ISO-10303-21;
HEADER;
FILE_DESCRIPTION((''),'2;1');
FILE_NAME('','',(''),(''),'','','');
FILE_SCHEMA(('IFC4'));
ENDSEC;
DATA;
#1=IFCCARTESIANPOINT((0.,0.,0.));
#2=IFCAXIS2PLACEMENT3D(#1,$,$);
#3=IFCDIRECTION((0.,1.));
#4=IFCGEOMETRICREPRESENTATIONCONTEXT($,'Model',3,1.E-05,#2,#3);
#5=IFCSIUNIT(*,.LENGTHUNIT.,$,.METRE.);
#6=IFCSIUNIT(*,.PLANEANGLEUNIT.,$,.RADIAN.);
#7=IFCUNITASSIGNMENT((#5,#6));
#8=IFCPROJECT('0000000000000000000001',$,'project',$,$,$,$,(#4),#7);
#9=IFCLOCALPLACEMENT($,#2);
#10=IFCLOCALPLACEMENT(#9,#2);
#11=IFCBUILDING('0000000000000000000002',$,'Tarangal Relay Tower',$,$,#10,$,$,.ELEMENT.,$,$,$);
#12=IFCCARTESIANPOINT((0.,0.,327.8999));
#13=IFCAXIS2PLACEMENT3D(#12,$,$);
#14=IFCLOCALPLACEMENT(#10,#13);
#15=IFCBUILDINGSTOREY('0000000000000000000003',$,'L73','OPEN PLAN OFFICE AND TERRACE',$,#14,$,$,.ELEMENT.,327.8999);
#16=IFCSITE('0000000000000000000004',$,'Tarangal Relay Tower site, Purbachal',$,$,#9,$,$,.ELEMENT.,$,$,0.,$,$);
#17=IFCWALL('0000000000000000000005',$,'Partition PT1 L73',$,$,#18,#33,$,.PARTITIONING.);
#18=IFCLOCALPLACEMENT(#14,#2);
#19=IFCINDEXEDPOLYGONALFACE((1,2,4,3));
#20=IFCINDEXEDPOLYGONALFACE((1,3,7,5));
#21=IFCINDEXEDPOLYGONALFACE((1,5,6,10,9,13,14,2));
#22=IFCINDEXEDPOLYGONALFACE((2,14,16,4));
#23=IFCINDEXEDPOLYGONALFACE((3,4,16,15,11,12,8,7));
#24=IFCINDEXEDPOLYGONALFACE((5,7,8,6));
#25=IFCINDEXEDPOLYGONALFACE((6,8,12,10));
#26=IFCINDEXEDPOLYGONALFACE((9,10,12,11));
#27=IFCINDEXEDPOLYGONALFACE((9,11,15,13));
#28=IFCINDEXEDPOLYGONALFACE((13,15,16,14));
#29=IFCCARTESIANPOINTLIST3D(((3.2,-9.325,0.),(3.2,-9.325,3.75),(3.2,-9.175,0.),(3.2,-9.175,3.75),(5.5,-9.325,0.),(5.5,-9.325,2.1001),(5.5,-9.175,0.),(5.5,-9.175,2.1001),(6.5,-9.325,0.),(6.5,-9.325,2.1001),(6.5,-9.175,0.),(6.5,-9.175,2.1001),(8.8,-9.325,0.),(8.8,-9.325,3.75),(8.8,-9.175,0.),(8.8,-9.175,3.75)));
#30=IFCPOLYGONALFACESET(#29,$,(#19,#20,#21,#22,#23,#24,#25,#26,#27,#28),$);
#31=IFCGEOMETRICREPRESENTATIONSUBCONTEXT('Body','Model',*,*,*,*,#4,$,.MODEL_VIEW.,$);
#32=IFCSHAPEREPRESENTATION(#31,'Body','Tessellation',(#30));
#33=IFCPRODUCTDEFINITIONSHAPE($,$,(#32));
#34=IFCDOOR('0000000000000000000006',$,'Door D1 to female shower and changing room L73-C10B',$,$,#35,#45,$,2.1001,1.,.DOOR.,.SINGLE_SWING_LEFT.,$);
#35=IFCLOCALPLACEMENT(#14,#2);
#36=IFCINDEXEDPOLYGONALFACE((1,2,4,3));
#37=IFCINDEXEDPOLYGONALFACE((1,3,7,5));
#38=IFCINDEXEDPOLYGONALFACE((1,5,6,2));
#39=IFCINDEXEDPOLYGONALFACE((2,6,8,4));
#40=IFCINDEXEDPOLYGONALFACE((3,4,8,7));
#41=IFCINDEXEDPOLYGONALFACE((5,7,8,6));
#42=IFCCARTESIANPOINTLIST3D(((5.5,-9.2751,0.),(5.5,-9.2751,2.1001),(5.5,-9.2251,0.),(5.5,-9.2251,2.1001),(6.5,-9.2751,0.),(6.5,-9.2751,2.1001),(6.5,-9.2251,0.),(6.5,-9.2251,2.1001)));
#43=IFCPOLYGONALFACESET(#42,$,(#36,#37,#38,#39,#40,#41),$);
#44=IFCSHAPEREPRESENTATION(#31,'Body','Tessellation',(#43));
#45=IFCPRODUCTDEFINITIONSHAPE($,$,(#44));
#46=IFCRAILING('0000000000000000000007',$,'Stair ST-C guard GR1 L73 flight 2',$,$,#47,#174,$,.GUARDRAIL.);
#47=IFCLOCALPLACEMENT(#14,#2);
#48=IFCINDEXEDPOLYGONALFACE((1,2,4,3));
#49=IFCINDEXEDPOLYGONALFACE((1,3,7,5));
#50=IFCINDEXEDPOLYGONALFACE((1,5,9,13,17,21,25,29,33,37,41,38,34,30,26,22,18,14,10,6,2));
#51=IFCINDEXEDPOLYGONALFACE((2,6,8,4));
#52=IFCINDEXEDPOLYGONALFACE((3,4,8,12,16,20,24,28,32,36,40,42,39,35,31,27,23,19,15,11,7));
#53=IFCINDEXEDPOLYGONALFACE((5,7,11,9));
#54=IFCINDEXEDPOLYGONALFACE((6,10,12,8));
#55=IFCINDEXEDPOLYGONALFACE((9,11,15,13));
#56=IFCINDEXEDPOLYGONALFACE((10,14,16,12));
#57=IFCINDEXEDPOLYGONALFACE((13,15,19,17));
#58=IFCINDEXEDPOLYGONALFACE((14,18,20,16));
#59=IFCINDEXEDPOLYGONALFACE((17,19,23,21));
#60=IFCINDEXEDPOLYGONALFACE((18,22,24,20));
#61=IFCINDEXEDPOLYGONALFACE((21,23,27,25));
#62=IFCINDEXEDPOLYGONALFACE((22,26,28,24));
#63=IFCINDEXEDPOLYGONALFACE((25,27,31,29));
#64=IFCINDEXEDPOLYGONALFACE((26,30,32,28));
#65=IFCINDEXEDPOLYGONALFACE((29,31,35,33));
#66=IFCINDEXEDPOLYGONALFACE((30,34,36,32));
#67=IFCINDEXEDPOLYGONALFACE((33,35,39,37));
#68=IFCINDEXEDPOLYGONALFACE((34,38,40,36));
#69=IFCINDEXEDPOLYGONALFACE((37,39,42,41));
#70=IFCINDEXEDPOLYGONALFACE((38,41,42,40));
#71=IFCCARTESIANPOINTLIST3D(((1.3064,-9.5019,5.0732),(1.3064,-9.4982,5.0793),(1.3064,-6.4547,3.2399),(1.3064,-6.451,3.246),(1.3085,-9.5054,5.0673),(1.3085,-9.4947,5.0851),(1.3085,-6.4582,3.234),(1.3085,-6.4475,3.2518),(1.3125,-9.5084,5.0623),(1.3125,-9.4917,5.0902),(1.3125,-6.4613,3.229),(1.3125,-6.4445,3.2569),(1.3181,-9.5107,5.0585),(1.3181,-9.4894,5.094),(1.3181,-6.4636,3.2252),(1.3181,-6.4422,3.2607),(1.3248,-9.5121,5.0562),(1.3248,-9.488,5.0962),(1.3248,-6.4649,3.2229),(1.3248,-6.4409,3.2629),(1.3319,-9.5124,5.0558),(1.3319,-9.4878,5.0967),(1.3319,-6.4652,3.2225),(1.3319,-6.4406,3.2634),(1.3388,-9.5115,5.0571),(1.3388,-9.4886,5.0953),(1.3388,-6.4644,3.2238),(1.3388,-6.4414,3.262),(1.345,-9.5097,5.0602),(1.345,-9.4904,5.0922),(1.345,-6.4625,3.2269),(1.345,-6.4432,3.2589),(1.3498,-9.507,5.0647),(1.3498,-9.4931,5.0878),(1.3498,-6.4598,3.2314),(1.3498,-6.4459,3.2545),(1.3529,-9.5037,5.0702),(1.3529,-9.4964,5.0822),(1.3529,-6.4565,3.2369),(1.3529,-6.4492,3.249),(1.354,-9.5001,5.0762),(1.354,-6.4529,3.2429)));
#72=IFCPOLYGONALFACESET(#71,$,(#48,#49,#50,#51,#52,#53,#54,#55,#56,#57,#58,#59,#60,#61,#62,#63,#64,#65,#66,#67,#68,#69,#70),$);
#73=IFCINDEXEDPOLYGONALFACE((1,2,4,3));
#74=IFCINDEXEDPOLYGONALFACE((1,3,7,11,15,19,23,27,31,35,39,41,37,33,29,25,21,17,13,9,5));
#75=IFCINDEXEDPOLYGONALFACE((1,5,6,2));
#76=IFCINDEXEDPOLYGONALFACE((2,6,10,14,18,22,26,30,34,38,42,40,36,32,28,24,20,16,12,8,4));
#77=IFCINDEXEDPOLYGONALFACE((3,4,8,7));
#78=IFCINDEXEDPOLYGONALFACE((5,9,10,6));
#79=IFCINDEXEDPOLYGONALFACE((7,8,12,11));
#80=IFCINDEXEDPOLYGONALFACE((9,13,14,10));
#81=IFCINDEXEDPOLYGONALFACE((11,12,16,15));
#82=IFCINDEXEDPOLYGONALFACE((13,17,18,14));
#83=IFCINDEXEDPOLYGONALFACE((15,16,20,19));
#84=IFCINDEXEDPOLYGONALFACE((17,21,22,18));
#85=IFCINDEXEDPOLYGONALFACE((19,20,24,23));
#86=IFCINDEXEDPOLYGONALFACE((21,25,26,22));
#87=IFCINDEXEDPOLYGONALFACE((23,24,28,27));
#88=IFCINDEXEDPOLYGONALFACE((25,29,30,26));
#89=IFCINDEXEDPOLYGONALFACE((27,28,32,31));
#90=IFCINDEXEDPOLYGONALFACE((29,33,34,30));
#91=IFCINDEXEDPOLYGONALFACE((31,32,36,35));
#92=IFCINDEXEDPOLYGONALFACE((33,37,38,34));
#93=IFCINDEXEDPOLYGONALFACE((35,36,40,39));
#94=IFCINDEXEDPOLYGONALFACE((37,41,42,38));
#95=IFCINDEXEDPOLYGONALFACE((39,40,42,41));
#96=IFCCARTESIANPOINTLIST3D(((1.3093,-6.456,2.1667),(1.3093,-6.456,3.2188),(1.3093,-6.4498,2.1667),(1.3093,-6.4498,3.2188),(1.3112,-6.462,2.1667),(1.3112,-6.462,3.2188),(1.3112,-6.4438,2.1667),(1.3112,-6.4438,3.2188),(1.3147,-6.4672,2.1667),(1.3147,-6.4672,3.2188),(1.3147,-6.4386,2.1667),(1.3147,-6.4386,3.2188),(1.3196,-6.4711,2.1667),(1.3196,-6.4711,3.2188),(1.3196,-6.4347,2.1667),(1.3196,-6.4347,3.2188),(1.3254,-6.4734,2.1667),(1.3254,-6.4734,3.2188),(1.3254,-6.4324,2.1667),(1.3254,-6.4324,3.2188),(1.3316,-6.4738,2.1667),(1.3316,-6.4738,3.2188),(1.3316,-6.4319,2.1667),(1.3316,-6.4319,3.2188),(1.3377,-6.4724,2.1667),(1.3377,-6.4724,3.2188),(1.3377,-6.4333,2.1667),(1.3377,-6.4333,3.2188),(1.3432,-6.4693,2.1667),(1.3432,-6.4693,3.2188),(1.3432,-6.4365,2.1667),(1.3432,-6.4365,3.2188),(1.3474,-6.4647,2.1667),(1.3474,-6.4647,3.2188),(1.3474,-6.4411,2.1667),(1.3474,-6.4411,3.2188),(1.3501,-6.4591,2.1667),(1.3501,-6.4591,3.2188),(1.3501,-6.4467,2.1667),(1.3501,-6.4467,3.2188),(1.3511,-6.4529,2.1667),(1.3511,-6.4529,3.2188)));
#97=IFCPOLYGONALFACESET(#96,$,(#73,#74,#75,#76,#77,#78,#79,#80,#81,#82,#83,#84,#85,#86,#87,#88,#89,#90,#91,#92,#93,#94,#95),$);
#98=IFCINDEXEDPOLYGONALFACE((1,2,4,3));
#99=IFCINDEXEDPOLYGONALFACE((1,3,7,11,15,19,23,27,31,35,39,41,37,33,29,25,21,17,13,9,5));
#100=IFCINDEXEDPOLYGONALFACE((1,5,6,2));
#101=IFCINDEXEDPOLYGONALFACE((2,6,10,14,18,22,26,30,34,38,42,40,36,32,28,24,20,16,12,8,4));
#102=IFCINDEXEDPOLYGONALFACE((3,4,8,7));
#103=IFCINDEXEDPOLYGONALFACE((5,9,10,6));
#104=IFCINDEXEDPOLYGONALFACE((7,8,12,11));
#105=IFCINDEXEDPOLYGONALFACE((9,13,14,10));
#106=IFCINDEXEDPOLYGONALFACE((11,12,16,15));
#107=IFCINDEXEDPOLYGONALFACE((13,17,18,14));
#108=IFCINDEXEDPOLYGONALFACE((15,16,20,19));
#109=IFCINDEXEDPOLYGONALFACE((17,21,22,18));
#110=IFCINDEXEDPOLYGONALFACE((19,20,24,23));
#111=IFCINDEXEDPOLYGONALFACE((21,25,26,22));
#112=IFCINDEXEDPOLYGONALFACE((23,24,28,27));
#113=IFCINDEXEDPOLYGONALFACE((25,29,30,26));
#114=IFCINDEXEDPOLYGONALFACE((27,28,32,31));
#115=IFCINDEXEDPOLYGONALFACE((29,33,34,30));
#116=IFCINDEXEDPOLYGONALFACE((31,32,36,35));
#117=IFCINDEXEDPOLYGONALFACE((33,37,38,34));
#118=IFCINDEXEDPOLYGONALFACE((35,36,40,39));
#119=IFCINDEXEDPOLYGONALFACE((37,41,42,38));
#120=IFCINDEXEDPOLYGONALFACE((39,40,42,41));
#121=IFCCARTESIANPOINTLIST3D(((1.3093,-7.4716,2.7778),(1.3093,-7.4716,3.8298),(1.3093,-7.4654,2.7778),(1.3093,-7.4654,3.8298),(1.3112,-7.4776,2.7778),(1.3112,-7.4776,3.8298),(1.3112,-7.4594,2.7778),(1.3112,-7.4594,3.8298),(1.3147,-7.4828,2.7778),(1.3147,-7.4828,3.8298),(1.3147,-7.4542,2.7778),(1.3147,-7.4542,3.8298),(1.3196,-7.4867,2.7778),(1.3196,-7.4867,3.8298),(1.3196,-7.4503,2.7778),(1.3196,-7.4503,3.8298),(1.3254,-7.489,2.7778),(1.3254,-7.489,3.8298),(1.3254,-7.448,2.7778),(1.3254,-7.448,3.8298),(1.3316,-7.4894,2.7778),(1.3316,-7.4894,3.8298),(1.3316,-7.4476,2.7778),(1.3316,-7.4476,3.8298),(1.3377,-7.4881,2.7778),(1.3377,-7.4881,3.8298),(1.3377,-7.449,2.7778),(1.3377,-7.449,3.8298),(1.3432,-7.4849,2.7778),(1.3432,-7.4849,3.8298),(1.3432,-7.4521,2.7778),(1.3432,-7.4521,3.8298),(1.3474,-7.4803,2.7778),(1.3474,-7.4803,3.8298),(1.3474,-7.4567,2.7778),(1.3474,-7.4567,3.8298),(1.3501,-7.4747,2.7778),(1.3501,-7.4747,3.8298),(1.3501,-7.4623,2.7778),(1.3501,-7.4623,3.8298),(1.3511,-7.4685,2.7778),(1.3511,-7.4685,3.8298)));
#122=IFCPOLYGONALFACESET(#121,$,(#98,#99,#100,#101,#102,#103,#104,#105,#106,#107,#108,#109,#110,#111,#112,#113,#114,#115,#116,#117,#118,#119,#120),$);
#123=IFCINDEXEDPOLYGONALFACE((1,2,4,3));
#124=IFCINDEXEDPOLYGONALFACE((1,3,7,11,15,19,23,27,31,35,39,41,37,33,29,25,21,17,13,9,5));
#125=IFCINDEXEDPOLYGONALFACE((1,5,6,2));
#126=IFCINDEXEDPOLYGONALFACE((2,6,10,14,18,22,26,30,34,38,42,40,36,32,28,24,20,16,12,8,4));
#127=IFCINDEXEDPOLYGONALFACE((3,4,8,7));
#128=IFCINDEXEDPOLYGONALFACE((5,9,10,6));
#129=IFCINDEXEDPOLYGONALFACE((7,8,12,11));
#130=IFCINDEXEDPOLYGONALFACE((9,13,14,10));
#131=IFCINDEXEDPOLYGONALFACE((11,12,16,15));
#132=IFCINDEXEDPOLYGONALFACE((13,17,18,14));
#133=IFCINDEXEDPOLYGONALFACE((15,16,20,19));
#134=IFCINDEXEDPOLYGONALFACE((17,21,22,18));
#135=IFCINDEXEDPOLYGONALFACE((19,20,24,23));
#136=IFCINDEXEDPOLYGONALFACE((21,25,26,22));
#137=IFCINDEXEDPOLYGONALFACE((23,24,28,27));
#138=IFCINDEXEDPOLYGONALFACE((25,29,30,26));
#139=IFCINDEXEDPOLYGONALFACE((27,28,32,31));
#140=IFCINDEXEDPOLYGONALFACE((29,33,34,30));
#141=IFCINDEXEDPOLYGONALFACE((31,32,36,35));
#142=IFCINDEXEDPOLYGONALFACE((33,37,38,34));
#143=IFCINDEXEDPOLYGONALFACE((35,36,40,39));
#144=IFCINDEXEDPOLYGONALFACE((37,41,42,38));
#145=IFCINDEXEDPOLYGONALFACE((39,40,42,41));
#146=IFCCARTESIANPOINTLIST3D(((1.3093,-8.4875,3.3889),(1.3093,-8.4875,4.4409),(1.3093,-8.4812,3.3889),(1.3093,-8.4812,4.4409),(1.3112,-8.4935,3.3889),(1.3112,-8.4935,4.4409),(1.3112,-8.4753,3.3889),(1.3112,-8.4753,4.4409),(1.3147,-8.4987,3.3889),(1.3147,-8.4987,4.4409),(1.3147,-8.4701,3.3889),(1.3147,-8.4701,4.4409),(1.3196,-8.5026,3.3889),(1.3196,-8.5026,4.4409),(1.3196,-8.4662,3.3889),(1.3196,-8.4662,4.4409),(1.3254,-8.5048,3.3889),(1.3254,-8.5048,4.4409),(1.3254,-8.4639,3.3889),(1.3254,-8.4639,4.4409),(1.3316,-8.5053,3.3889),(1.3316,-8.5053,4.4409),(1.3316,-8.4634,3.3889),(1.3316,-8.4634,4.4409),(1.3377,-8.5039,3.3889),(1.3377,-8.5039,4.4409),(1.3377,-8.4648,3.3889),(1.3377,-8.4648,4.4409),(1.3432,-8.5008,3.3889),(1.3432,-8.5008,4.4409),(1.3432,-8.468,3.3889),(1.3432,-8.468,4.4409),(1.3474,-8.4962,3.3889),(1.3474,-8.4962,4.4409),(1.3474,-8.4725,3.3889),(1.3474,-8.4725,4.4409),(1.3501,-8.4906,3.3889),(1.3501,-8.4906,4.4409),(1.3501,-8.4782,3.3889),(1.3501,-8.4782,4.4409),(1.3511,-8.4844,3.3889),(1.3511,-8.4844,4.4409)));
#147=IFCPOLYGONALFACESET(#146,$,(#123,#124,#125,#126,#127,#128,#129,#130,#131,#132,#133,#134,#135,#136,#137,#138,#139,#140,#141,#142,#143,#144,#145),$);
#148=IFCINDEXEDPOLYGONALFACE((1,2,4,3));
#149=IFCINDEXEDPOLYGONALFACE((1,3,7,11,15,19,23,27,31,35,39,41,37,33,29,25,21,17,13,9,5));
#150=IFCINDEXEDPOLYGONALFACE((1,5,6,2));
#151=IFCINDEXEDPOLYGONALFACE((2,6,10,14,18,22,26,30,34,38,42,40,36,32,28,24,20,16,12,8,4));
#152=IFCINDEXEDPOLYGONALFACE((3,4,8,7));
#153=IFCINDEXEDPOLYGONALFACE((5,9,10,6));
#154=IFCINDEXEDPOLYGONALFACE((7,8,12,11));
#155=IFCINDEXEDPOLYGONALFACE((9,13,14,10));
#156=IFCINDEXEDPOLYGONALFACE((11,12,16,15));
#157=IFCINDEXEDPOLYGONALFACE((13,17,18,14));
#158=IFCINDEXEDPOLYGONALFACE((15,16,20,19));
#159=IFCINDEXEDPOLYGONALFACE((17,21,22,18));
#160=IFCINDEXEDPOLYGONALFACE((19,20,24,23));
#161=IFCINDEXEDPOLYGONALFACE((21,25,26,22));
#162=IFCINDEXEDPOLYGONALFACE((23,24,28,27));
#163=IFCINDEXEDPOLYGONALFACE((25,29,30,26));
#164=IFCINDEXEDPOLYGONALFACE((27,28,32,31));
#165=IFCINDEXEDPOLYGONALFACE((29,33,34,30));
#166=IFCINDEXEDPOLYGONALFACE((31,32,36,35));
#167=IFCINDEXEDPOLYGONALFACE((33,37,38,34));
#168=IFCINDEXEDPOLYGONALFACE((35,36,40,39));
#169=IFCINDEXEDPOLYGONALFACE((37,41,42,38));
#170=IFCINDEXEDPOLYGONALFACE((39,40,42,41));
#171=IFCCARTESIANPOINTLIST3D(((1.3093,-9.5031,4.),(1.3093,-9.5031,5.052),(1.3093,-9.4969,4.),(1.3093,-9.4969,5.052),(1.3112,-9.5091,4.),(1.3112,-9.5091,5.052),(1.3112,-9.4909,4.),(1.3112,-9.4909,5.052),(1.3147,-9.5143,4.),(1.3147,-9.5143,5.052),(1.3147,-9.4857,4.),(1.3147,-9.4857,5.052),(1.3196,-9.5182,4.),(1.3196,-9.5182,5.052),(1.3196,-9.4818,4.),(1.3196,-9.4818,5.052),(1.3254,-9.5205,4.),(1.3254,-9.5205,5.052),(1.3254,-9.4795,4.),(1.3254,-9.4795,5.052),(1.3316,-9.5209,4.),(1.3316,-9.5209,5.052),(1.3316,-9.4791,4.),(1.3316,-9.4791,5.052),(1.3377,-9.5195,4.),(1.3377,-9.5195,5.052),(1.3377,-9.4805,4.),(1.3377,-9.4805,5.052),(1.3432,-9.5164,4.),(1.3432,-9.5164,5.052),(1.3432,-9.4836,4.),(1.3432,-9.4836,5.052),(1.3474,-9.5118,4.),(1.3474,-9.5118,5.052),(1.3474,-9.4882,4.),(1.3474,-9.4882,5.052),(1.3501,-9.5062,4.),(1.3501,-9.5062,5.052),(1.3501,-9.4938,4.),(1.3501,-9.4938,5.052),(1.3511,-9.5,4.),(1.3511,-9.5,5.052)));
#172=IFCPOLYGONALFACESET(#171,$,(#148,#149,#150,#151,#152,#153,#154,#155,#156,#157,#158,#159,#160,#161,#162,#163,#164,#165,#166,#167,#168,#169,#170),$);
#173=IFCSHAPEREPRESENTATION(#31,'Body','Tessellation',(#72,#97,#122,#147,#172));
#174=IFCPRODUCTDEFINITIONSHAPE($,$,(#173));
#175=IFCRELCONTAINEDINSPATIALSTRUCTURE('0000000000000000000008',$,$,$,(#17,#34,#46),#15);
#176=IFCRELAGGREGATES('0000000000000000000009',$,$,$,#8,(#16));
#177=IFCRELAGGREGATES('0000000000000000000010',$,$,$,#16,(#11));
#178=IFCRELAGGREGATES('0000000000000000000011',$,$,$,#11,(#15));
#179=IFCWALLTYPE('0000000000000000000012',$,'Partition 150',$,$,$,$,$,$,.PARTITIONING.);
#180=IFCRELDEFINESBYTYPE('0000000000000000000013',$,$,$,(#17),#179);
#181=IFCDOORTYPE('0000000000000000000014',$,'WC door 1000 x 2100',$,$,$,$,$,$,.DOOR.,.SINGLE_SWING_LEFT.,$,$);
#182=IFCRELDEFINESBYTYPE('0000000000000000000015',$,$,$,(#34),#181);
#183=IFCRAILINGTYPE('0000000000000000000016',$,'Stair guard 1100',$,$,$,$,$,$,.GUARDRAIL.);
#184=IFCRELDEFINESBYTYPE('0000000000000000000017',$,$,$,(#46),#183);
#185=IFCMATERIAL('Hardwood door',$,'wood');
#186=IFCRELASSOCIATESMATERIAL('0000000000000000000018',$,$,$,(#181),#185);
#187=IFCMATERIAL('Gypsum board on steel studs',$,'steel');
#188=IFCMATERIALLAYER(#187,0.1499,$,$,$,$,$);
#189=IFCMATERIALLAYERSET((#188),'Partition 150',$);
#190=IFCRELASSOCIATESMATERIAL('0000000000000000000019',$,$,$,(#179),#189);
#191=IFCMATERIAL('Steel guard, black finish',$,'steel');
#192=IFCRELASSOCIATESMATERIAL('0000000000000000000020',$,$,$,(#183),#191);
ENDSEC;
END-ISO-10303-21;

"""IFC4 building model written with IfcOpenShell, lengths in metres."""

from ifc_helpers import new_model, si_unit, direction, frame, frame_2d, origin, origin_2d, place, context, subcontext, project, spatial, rectangle, circle, extrude, material, layer, layer_set, type_object, element, fill, save


model = new_model("IFC4")

# Units and contexts
model_context = context("Model", 3, precision=1e-05, world=origin(), true_north=direction((0.0, 1.0)))
body_context = subcontext(model_context, "Body", "Model", "MODEL_VIEW")
ifc_project = project(units=[si_unit("LENGTHUNIT", "METRE"), si_unit("PLANEANGLEUNIT", "RADIAN")], contexts=[model_context])

# Site, building, storey
site_placement = place(None, origin())
site = spatial("IfcSite", under=ifc_project, at=site_placement, Name="Tarangal Relay Tower site, Purbachal", CompositionType="ELEMENT", RefElevation=0.0)
building_placement = place(site_placement, origin())
building = spatial("IfcBuilding", under=site, at=building_placement, Name="Tarangal Relay Tower", CompositionType="ELEMENT")
storey_placement = place(building_placement, frame((0.0, 0.0, 327.8999)))
storey = spatial("IfcBuildingStorey", under=building, at=storey_placement, Name="L73", Description="OPEN PLAN OFFICE AND TERRACE", CompositionType="ELEMENT", Elevation=327.8999)

# Shared definitions
ifc_material_1 = material(Name="Hardwood door", Category="wood")
door_type_1 = type_object("IfcDoorType", Name="WC door 1000 x 2100", OperationType="SINGLE_SWING_LEFT", PredefinedType="DOOR", material=ifc_material_1)

# Shared definitions
ifc_material_2 = material(Name="Gypsum board on steel studs", Category="steel")
ifc_layer_1 = layer(ifc_material_2, 0.1499)
ifc_layer_set_1 = layer_set([ifc_layer_1], Name="Partition 150")
wall_type_1 = type_object("IfcWallType", Name="Partition 150", PredefinedType="PARTITIONING", material=ifc_layer_set_1)

# Wall, opening, door
wall_1_placement = place(storey_placement, frame((3.2, -9.25, 0.0), z_axis=(0.0, 0.0, 1.0), x_axis=(1.0, 0.0, 0.0)))
wall_1 = element("IfcWall", 1, at=wall_1_placement, inside=storey, type_object=wall_type_1, Name="Partition PT1 L73", PredefinedType="PARTITIONING", context=body_context, shape_type="SweptSolid", body=[
    extrude(rectangle(XDim=5.6001, YDim=0.1499, at=frame_2d((2.8, 0.0))), origin(), (0.0, 0.0, 1.0), 3.75),
])
opening_1_placement = place(wall_1_placement, frame((2.3, 0.0, 0.0)))
opening_1 = element("IfcOpeningElement", 2, at=opening_1_placement, cuts=wall_1, PredefinedType="OPENING", context=body_context, shape_type="SweptSolid", body=[
    extrude(rectangle(XDim=1.0, YDim=2.1001, at=frame_2d((0.5, 1.05))), frame((0.0, 0.085, 0.0), z_axis=(0.0, -1.0, 0.0), x_axis=(1.0, 0.0, 0.0)), (0.0, 0.0, 1.0), 0.1699),
])
door_1_placement = place(opening_1_placement, origin())
door_1 = element("IfcDoor", 3, at=door_1_placement, inside=storey, type_object=door_type_1, Name="Door D1 to female shower and changing room L73-C10B", OperationType="SINGLE_SWING_LEFT", OverallHeight=2.1001, OverallWidth=1.0, PredefinedType="DOOR", context=body_context, shape_type="SweptSolid", body=[
    extrude(rectangle(XDim=1.0, YDim=2.1001, at=frame_2d((0.5, 1.05))), frame((0.0, 0.0249, 0.0), z_axis=(0.0, -1.0, 0.0), x_axis=(1.0, 0.0, 0.0)), (0.0, 0.0, 1.0), 0.05),
])
fill(opening_1, door_1)

# Railing
ifc_material_3 = material(Name="Steel guard, black finish", Category="steel")
railing_type = type_object("IfcRailingType", Name="Stair guard 1100", PredefinedType="GUARDRAIL", material=ifc_material_3)
railing_placement = place(storey_placement, frame((1.3301, -6.4529, 2.1667)))
element("IfcRailing", 4, at=railing_placement, inside=storey, type_object=railing_type, Name="Stair ST-C guard GR1 L73 flight 2", PredefinedType="GUARDRAIL", context=body_context, shape_type="SweptSolid", body=[
    extrude(circle(Radius=0.0239, at=origin_2d()), frame((0.0, 0.0, 1.0762), z_axis=(0.0, -0.856874, 0.515525), x_axis=(1.0, 0.0, 0.0)), (0.0, 0.0, 1.0), 3.5562),
    extrude(circle(Radius=0.021, at=origin_2d()), origin(), (0.0, 0.0, 1.0), 1.052),
    extrude(circle(Radius=0.021, at=origin_2d()), frame((0.0, -1.0156, 0.6111)), (0.0, 0.0, 1.0), 1.052),
    extrude(circle(Radius=0.021, at=origin_2d()), frame((0.0, -2.0315, 1.2222)), (0.0, 0.0, 1.0), 1.052),
    extrude(circle(Radius=0.021, at=origin_2d()), frame((0.0, -3.0471, 1.8333)), (0.0, 0.0, 1.0), 1.052),
])

save(model, "model.ifc")
